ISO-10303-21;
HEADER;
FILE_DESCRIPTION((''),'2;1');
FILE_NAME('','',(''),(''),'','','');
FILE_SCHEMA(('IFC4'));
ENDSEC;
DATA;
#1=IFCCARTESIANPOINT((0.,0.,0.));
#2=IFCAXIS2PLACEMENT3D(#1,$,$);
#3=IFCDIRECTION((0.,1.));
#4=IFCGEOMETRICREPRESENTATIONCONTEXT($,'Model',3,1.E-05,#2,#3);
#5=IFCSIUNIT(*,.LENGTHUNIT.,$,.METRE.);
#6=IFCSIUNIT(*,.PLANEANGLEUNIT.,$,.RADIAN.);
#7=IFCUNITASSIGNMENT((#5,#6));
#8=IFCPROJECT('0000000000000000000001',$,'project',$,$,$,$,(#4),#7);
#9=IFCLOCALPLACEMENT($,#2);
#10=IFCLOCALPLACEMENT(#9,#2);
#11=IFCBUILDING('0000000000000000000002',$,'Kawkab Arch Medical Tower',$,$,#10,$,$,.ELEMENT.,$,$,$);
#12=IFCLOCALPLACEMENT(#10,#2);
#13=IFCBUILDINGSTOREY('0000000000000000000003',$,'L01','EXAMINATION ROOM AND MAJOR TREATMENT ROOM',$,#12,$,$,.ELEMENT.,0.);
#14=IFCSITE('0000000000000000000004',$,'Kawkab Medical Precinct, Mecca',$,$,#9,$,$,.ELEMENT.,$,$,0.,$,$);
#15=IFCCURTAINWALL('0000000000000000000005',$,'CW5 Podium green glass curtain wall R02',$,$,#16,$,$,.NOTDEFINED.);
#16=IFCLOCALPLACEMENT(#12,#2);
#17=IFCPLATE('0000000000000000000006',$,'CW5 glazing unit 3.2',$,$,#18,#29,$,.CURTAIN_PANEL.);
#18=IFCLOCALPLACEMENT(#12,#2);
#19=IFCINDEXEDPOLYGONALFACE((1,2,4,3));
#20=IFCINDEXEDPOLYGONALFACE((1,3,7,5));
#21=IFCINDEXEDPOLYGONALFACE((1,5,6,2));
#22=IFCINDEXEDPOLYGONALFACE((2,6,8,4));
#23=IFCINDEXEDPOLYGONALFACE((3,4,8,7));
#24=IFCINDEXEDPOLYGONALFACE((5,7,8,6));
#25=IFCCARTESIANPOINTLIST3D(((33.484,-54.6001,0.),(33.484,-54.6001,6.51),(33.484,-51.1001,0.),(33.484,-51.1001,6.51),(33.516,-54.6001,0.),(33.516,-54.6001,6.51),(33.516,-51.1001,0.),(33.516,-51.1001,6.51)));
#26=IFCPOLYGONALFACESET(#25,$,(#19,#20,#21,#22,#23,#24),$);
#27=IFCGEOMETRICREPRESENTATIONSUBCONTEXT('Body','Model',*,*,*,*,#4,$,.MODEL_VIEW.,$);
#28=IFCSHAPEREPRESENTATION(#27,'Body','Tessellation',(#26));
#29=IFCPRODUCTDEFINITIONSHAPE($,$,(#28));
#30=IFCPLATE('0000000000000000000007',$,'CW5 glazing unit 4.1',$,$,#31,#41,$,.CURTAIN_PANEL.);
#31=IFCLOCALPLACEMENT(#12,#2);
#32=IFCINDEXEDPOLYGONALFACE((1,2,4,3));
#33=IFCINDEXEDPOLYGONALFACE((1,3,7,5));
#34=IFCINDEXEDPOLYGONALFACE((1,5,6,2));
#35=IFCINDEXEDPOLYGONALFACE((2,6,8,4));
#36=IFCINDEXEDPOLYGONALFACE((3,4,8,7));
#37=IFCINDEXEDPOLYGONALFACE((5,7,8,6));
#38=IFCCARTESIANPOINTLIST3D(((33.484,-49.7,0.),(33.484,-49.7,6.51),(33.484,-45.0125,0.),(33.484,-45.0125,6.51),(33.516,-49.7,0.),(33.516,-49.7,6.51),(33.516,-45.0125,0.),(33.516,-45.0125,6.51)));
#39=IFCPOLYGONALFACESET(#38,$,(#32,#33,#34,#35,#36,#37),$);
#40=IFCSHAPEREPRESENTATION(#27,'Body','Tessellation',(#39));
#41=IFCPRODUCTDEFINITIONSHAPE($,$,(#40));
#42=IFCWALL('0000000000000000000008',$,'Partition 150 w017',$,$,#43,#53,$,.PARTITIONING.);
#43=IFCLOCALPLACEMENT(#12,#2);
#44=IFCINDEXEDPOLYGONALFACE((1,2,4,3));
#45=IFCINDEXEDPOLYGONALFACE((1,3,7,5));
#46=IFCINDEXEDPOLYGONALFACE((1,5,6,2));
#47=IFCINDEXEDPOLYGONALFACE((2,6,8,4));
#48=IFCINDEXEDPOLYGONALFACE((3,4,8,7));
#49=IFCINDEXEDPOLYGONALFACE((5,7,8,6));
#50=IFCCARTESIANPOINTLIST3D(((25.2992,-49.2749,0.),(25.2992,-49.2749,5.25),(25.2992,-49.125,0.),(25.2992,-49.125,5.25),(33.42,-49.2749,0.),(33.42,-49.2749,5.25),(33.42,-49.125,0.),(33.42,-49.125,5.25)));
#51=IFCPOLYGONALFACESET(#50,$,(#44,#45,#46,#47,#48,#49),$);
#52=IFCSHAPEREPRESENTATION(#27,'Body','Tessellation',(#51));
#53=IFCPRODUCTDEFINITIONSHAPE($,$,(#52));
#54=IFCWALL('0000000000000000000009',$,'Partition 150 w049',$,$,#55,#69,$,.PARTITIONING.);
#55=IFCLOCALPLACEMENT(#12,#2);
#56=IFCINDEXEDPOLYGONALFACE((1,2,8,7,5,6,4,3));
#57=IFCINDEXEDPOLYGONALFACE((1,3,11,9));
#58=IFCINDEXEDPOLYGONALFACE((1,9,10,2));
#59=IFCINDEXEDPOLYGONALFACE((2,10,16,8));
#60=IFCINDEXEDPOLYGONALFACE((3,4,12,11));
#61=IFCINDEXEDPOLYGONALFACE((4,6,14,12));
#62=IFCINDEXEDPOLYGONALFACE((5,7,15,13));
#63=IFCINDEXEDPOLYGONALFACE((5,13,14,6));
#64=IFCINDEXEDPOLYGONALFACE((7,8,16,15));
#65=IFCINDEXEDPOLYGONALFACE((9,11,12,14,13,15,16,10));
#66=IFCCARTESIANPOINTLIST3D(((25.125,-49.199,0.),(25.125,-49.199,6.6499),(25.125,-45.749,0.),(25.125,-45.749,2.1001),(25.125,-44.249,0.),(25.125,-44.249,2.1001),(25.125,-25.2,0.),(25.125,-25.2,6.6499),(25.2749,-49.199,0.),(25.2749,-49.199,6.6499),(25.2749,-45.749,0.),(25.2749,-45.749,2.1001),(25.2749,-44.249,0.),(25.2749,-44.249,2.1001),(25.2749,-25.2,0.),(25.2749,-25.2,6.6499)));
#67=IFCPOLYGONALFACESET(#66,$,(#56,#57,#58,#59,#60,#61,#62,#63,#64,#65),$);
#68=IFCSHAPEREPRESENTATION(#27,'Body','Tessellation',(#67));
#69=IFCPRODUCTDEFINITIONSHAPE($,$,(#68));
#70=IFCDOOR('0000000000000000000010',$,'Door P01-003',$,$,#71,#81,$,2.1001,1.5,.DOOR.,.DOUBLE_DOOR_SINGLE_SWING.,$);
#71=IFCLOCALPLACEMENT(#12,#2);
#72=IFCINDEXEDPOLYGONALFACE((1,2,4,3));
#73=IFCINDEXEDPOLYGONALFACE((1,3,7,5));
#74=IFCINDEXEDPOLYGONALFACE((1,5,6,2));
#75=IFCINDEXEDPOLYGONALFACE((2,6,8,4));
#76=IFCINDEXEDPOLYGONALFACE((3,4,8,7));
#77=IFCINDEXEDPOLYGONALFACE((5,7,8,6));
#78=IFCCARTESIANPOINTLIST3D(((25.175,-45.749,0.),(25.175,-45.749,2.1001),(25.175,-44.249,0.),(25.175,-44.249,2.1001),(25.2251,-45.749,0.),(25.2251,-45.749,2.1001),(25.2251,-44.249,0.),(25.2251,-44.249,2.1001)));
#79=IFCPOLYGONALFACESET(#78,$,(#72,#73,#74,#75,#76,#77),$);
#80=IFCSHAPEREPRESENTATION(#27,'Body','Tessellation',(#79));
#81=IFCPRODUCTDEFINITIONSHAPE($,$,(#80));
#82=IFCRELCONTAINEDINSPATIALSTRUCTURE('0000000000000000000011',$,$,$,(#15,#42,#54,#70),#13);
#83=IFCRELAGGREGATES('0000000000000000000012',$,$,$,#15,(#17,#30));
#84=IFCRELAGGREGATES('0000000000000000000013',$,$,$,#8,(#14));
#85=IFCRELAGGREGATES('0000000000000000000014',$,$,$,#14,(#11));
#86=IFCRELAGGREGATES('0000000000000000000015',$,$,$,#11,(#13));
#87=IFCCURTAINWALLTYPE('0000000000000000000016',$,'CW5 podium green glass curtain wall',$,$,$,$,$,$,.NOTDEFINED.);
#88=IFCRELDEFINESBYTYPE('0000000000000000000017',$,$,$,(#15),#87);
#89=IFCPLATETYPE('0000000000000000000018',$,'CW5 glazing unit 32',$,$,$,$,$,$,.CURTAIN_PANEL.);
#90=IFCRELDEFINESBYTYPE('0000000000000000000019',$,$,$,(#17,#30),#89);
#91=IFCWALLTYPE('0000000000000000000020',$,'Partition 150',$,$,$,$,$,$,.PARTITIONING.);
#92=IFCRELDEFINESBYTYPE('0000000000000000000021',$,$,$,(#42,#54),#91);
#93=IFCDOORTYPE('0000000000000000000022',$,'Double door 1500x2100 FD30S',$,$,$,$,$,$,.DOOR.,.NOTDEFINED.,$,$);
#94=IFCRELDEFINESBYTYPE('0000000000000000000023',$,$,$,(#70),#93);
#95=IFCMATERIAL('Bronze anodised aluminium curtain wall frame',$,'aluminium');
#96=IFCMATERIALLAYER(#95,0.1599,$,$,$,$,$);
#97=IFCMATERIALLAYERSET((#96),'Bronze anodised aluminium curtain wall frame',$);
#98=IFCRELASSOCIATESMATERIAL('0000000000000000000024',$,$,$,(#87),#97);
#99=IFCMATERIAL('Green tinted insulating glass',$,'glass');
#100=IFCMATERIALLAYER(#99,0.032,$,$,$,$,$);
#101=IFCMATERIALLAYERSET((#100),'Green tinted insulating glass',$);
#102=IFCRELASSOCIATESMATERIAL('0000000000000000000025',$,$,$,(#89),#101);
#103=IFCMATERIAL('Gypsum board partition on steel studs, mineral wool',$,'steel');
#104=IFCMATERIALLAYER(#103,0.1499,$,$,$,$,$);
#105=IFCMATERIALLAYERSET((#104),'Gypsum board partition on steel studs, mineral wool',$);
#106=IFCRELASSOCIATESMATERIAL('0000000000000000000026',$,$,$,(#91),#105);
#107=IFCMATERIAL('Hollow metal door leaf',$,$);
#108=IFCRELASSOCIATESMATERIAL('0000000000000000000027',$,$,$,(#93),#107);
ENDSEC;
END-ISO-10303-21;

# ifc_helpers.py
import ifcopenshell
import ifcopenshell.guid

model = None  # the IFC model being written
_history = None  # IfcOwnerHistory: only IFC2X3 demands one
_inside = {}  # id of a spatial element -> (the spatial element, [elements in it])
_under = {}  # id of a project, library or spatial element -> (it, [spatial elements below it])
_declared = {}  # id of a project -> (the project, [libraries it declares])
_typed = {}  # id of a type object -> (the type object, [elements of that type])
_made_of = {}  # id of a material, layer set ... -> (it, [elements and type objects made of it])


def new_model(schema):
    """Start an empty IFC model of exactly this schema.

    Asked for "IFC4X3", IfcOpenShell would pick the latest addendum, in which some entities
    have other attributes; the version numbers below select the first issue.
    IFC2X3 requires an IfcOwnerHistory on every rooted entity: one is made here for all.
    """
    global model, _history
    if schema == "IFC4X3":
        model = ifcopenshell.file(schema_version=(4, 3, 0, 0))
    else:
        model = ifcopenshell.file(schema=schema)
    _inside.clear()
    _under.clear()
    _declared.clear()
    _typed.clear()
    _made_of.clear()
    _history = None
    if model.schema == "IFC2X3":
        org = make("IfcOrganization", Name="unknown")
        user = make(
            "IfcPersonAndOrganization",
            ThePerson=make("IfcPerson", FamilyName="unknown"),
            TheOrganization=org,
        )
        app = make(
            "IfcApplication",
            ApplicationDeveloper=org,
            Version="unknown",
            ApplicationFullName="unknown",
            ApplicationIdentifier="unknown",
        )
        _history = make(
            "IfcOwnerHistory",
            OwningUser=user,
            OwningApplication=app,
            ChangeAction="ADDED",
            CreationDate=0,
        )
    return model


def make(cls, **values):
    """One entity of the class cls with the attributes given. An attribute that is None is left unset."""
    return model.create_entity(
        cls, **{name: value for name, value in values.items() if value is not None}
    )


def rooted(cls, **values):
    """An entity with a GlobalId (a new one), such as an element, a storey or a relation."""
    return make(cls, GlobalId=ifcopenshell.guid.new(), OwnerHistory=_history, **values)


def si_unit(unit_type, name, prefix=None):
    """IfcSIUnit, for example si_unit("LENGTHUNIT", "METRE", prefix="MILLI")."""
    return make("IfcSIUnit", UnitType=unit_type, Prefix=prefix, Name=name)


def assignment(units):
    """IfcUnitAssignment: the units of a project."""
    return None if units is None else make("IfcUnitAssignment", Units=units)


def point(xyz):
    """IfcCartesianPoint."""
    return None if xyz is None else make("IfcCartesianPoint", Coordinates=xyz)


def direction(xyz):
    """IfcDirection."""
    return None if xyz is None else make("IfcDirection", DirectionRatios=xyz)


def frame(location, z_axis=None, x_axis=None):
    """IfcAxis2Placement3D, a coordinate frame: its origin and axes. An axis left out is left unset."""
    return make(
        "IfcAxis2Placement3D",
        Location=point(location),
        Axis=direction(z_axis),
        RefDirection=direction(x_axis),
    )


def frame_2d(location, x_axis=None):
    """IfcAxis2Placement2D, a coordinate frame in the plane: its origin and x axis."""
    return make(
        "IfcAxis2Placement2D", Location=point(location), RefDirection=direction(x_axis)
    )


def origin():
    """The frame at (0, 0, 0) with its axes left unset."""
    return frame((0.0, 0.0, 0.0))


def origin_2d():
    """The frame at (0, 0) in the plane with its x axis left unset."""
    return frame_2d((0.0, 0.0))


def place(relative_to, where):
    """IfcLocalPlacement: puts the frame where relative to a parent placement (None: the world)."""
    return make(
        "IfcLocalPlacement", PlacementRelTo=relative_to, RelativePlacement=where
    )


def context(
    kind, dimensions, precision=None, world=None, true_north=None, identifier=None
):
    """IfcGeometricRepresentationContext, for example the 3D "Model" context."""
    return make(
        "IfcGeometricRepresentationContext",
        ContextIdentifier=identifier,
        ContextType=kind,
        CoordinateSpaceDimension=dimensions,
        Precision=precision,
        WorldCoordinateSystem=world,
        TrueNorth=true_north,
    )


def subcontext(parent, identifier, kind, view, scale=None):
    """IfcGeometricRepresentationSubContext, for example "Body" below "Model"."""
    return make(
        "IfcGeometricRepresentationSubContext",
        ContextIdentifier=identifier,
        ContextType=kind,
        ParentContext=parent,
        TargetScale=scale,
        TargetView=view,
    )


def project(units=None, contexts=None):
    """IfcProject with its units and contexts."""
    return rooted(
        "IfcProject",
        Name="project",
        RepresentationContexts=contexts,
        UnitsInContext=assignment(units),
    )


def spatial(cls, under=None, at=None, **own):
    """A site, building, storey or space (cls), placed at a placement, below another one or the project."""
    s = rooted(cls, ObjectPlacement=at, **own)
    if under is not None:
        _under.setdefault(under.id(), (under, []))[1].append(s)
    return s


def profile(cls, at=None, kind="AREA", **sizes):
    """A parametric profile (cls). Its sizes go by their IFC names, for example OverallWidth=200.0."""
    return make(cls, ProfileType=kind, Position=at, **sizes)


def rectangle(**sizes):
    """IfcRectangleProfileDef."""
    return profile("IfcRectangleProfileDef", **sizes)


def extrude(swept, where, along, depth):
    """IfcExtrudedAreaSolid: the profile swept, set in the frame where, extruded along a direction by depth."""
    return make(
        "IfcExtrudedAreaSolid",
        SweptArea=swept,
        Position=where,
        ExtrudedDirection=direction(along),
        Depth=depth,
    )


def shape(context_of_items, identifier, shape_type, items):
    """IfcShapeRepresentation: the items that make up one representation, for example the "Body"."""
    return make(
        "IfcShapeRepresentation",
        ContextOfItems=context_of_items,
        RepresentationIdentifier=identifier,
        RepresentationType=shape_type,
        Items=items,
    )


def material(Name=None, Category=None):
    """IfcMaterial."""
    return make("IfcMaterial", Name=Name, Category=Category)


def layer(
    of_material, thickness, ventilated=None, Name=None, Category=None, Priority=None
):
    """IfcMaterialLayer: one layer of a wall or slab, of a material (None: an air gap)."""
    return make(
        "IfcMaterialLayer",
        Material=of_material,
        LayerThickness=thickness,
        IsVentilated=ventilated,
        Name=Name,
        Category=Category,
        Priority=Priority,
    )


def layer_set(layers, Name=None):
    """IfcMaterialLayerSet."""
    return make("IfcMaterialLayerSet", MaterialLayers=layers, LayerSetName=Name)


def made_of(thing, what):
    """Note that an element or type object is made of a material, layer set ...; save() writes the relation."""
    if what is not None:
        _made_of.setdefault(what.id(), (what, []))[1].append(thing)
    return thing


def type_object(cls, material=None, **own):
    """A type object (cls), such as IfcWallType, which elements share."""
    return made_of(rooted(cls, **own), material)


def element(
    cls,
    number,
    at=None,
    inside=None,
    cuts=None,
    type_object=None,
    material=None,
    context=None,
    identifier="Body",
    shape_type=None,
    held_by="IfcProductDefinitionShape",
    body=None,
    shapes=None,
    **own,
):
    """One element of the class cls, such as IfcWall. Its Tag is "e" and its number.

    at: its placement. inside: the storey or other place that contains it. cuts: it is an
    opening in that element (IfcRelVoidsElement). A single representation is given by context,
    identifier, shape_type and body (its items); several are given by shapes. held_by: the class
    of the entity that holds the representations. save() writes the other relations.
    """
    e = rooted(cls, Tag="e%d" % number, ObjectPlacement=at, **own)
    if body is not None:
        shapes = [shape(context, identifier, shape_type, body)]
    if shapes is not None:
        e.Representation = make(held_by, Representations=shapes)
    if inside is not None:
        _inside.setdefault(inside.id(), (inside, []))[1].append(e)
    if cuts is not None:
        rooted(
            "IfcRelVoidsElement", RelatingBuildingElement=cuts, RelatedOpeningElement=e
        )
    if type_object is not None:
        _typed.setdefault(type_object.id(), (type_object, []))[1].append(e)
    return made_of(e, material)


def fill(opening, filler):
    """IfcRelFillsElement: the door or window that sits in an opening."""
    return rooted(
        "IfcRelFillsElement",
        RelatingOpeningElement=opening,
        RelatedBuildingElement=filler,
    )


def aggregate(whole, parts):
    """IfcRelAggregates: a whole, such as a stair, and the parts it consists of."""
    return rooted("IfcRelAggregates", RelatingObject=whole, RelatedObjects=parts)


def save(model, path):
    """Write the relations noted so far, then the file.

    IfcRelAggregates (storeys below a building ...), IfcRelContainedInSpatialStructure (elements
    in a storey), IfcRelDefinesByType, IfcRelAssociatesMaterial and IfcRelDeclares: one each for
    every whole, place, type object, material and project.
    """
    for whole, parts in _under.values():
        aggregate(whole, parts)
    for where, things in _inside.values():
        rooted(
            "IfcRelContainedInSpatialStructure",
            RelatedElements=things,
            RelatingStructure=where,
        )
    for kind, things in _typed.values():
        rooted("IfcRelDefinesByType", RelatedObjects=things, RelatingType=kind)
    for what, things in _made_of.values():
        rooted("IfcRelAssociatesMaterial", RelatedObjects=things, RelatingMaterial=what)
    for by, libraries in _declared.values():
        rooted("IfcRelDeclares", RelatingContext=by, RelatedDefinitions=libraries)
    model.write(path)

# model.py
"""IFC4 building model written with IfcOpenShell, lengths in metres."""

from ifc_helpers import new_model, si_unit, direction, frame, frame_2d, origin, origin_2d, place, context, subcontext, project, spatial, rectangle, extrude, material, layer, layer_set, type_object, element, fill, aggregate, save


model = new_model("IFC4")

# Units and contexts
model_context = context("Model", 3, precision=1e-05, world=origin(), true_north=direction((0.0, 1.0)))
body_context = subcontext(model_context, "Body", "Model", "MODEL_VIEW")
ifc_project = project(units=[si_unit("LENGTHUNIT", "METRE"), si_unit("PLANEANGLEUNIT", "RADIAN")], contexts=[model_context])

# Site, building, storey
site_placement = place(None, origin())
site = spatial("IfcSite", under=ifc_project, at=site_placement, Name="Kawkab Medical Precinct, Mecca", CompositionType="ELEMENT", RefElevation=0.0)
building_placement = place(site_placement, origin())
building = spatial("IfcBuilding", under=site, at=building_placement, Name="Kawkab Arch Medical Tower", CompositionType="ELEMENT")
storey_placement = place(building_placement, origin())
storey = spatial("IfcBuildingStorey", under=building, at=storey_placement, Name="L01", Description="EXAMINATION ROOM AND MAJOR TREATMENT ROOM", CompositionType="ELEMENT", Elevation=0.0)

# Curtain wall, plates
ifc_material_1 = material(Name="Bronze anodised aluminium curtain wall frame", Category="aluminium")
ifc_layer_1 = layer(ifc_material_1, 0.1599)
ifc_layer_set_1 = layer_set([ifc_layer_1], Name="Bronze anodised aluminium curtain wall frame")
curtain_wall_type = type_object("IfcCurtainWallType", Name="CW5 podium green glass curtain wall", PredefinedType="NOTDEFINED", material=ifc_layer_set_1)
curtain_wall_placement = place(storey_placement, origin())
curtain_wall = element("IfcCurtainWall", 1, at=curtain_wall_placement, inside=storey, type_object=curtain_wall_type, Name="CW5 Podium green glass curtain wall R02", PredefinedType="NOTDEFINED")
ifc_material_2 = material(Name="Green tinted insulating glass", Category="glass")
ifc_layer_2 = layer(ifc_material_2, 0.032)
ifc_layer_set_2 = layer_set([ifc_layer_2], Name="Green tinted insulating glass")
plate_type = type_object("IfcPlateType", Name="CW5 glazing unit 32", PredefinedType="CURTAIN_PANEL", material=ifc_layer_set_2)
plate_1_placement = place(storey_placement, frame((33.5, -52.8501, 0.0), z_axis=(0.0, 0.0, 1.0), x_axis=(0.0, 1.0, 0.0)))
plate_1 = element("IfcPlate", 2, at=plate_1_placement, type_object=plate_type, Name="CW5 glazing unit 3.2", PredefinedType="CURTAIN_PANEL", context=body_context, shape_type="SweptSolid", body=[
    extrude(rectangle(XDim=3.5, YDim=0.032, at=origin_2d()), origin(), (0.0, 0.0, 1.0), 6.51),
])
plate_2_placement = place(storey_placement, frame((33.5, -47.3562, 0.0), z_axis=(0.0, 0.0, 1.0), x_axis=(0.0, 1.0, 0.0)))
plate_2 = element("IfcPlate", 3, at=plate_2_placement, type_object=plate_type, Name="CW5 glazing unit 4.1", PredefinedType="CURTAIN_PANEL", context=body_context, shape_type="SweptSolid", body=[
    extrude(rectangle(XDim=4.6875, YDim=0.032, at=origin_2d()), origin(), (0.0, 0.0, 1.0), 6.51),
])
aggregate(curtain_wall, [plate_1, plate_2])

# Wall
ifc_material_3 = material(Name="Gypsum board partition on steel studs, mineral wool", Category="steel")
ifc_layer_3 = layer(ifc_material_3, 0.1499)
ifc_layer_set_3 = layer_set([ifc_layer_3], Name="Gypsum board partition on steel studs, mineral wool")
wall_type_1 = type_object("IfcWallType", Name="Partition 150", PredefinedType="PARTITIONING", material=ifc_layer_set_3)
wall_1_placement = place(storey_placement, frame((25.2991, -49.2, 0.0), z_axis=(0.0, 0.0, 1.0), x_axis=(1.0, 0.0, 0.0)))
element("IfcWall", 4, at=wall_1_placement, inside=storey, type_object=wall_type_1, Name="Partition 150 w017", PredefinedType="PARTITIONING", context=body_context, shape_type="SweptSolid", body=[
    extrude(rectangle(XDim=8.1208, YDim=0.1499, at=frame_2d((4.0605, 0.0))), origin(), (0.0, 0.0, 1.0), 5.25),
])

# Wall, opening, door
wall_2_placement = place(storey_placement, frame((25.2, -49.199, 0.0), z_axis=(0.0, 0.0, 1.0), x_axis=(0.0, 1.0, 0.0)))
wall_2 = element("IfcWall", 5, at=wall_2_placement, inside=storey, type_object=wall_type_1, Name="Partition 150 w049", PredefinedType="PARTITIONING", context=body_context, shape_type="SweptSolid", body=[
    extrude(rectangle(XDim=23.999, YDim=0.1499, at=frame_2d((11.9995, 0.0))), origin(), (0.0, 0.0, 1.0), 6.6499),
])
opening_1_placement = place(wall_2_placement, frame((3.45, 0.0, 0.0)))
opening_1 = element("IfcOpeningElement", 6, at=opening_1_placement, cuts=wall_2, PredefinedType="OPENING", context=body_context, shape_type="SweptSolid", body=[
    extrude(rectangle(XDim=1.5, YDim=2.1001, at=frame_2d((0.75, 1.05))), frame((0.0, 0.085, 0.0), z_axis=(0.0, -1.0, 0.0), x_axis=(1.0, 0.0, 0.0)), (0.0, 0.0, 1.0), 0.1699),
])
ifc_material_4 = material(Name="Hollow metal door leaf")
door_type_1 = type_object("IfcDoorType", Name="Double door 1500x2100 FD30S", OperationType="NOTDEFINED", PredefinedType="DOOR", material=ifc_material_4)
door_1_placement = place(opening_1_placement, origin())
door_1 = element("IfcDoor", 7, at=door_1_placement, inside=storey, type_object=door_type_1, Name="Door P01-003", OperationType="DOUBLE_DOOR_SINGLE_SWING", OverallHeight=2.1001, OverallWidth=1.5, PredefinedType="DOOR", context=body_context, shape_type="SweptSolid", body=[
    extrude(rectangle(XDim=1.5, YDim=2.1001, at=frame_2d((0.75, 1.05))), frame((0.0, 0.0249, 0.0), z_axis=(0.0, -1.0, 0.0), x_axis=(1.0, 0.0, 0.0)), (0.0, 0.0, 1.0), 0.05),
])
fill(opening_1, door_1)

save(model, "model.ifc")
